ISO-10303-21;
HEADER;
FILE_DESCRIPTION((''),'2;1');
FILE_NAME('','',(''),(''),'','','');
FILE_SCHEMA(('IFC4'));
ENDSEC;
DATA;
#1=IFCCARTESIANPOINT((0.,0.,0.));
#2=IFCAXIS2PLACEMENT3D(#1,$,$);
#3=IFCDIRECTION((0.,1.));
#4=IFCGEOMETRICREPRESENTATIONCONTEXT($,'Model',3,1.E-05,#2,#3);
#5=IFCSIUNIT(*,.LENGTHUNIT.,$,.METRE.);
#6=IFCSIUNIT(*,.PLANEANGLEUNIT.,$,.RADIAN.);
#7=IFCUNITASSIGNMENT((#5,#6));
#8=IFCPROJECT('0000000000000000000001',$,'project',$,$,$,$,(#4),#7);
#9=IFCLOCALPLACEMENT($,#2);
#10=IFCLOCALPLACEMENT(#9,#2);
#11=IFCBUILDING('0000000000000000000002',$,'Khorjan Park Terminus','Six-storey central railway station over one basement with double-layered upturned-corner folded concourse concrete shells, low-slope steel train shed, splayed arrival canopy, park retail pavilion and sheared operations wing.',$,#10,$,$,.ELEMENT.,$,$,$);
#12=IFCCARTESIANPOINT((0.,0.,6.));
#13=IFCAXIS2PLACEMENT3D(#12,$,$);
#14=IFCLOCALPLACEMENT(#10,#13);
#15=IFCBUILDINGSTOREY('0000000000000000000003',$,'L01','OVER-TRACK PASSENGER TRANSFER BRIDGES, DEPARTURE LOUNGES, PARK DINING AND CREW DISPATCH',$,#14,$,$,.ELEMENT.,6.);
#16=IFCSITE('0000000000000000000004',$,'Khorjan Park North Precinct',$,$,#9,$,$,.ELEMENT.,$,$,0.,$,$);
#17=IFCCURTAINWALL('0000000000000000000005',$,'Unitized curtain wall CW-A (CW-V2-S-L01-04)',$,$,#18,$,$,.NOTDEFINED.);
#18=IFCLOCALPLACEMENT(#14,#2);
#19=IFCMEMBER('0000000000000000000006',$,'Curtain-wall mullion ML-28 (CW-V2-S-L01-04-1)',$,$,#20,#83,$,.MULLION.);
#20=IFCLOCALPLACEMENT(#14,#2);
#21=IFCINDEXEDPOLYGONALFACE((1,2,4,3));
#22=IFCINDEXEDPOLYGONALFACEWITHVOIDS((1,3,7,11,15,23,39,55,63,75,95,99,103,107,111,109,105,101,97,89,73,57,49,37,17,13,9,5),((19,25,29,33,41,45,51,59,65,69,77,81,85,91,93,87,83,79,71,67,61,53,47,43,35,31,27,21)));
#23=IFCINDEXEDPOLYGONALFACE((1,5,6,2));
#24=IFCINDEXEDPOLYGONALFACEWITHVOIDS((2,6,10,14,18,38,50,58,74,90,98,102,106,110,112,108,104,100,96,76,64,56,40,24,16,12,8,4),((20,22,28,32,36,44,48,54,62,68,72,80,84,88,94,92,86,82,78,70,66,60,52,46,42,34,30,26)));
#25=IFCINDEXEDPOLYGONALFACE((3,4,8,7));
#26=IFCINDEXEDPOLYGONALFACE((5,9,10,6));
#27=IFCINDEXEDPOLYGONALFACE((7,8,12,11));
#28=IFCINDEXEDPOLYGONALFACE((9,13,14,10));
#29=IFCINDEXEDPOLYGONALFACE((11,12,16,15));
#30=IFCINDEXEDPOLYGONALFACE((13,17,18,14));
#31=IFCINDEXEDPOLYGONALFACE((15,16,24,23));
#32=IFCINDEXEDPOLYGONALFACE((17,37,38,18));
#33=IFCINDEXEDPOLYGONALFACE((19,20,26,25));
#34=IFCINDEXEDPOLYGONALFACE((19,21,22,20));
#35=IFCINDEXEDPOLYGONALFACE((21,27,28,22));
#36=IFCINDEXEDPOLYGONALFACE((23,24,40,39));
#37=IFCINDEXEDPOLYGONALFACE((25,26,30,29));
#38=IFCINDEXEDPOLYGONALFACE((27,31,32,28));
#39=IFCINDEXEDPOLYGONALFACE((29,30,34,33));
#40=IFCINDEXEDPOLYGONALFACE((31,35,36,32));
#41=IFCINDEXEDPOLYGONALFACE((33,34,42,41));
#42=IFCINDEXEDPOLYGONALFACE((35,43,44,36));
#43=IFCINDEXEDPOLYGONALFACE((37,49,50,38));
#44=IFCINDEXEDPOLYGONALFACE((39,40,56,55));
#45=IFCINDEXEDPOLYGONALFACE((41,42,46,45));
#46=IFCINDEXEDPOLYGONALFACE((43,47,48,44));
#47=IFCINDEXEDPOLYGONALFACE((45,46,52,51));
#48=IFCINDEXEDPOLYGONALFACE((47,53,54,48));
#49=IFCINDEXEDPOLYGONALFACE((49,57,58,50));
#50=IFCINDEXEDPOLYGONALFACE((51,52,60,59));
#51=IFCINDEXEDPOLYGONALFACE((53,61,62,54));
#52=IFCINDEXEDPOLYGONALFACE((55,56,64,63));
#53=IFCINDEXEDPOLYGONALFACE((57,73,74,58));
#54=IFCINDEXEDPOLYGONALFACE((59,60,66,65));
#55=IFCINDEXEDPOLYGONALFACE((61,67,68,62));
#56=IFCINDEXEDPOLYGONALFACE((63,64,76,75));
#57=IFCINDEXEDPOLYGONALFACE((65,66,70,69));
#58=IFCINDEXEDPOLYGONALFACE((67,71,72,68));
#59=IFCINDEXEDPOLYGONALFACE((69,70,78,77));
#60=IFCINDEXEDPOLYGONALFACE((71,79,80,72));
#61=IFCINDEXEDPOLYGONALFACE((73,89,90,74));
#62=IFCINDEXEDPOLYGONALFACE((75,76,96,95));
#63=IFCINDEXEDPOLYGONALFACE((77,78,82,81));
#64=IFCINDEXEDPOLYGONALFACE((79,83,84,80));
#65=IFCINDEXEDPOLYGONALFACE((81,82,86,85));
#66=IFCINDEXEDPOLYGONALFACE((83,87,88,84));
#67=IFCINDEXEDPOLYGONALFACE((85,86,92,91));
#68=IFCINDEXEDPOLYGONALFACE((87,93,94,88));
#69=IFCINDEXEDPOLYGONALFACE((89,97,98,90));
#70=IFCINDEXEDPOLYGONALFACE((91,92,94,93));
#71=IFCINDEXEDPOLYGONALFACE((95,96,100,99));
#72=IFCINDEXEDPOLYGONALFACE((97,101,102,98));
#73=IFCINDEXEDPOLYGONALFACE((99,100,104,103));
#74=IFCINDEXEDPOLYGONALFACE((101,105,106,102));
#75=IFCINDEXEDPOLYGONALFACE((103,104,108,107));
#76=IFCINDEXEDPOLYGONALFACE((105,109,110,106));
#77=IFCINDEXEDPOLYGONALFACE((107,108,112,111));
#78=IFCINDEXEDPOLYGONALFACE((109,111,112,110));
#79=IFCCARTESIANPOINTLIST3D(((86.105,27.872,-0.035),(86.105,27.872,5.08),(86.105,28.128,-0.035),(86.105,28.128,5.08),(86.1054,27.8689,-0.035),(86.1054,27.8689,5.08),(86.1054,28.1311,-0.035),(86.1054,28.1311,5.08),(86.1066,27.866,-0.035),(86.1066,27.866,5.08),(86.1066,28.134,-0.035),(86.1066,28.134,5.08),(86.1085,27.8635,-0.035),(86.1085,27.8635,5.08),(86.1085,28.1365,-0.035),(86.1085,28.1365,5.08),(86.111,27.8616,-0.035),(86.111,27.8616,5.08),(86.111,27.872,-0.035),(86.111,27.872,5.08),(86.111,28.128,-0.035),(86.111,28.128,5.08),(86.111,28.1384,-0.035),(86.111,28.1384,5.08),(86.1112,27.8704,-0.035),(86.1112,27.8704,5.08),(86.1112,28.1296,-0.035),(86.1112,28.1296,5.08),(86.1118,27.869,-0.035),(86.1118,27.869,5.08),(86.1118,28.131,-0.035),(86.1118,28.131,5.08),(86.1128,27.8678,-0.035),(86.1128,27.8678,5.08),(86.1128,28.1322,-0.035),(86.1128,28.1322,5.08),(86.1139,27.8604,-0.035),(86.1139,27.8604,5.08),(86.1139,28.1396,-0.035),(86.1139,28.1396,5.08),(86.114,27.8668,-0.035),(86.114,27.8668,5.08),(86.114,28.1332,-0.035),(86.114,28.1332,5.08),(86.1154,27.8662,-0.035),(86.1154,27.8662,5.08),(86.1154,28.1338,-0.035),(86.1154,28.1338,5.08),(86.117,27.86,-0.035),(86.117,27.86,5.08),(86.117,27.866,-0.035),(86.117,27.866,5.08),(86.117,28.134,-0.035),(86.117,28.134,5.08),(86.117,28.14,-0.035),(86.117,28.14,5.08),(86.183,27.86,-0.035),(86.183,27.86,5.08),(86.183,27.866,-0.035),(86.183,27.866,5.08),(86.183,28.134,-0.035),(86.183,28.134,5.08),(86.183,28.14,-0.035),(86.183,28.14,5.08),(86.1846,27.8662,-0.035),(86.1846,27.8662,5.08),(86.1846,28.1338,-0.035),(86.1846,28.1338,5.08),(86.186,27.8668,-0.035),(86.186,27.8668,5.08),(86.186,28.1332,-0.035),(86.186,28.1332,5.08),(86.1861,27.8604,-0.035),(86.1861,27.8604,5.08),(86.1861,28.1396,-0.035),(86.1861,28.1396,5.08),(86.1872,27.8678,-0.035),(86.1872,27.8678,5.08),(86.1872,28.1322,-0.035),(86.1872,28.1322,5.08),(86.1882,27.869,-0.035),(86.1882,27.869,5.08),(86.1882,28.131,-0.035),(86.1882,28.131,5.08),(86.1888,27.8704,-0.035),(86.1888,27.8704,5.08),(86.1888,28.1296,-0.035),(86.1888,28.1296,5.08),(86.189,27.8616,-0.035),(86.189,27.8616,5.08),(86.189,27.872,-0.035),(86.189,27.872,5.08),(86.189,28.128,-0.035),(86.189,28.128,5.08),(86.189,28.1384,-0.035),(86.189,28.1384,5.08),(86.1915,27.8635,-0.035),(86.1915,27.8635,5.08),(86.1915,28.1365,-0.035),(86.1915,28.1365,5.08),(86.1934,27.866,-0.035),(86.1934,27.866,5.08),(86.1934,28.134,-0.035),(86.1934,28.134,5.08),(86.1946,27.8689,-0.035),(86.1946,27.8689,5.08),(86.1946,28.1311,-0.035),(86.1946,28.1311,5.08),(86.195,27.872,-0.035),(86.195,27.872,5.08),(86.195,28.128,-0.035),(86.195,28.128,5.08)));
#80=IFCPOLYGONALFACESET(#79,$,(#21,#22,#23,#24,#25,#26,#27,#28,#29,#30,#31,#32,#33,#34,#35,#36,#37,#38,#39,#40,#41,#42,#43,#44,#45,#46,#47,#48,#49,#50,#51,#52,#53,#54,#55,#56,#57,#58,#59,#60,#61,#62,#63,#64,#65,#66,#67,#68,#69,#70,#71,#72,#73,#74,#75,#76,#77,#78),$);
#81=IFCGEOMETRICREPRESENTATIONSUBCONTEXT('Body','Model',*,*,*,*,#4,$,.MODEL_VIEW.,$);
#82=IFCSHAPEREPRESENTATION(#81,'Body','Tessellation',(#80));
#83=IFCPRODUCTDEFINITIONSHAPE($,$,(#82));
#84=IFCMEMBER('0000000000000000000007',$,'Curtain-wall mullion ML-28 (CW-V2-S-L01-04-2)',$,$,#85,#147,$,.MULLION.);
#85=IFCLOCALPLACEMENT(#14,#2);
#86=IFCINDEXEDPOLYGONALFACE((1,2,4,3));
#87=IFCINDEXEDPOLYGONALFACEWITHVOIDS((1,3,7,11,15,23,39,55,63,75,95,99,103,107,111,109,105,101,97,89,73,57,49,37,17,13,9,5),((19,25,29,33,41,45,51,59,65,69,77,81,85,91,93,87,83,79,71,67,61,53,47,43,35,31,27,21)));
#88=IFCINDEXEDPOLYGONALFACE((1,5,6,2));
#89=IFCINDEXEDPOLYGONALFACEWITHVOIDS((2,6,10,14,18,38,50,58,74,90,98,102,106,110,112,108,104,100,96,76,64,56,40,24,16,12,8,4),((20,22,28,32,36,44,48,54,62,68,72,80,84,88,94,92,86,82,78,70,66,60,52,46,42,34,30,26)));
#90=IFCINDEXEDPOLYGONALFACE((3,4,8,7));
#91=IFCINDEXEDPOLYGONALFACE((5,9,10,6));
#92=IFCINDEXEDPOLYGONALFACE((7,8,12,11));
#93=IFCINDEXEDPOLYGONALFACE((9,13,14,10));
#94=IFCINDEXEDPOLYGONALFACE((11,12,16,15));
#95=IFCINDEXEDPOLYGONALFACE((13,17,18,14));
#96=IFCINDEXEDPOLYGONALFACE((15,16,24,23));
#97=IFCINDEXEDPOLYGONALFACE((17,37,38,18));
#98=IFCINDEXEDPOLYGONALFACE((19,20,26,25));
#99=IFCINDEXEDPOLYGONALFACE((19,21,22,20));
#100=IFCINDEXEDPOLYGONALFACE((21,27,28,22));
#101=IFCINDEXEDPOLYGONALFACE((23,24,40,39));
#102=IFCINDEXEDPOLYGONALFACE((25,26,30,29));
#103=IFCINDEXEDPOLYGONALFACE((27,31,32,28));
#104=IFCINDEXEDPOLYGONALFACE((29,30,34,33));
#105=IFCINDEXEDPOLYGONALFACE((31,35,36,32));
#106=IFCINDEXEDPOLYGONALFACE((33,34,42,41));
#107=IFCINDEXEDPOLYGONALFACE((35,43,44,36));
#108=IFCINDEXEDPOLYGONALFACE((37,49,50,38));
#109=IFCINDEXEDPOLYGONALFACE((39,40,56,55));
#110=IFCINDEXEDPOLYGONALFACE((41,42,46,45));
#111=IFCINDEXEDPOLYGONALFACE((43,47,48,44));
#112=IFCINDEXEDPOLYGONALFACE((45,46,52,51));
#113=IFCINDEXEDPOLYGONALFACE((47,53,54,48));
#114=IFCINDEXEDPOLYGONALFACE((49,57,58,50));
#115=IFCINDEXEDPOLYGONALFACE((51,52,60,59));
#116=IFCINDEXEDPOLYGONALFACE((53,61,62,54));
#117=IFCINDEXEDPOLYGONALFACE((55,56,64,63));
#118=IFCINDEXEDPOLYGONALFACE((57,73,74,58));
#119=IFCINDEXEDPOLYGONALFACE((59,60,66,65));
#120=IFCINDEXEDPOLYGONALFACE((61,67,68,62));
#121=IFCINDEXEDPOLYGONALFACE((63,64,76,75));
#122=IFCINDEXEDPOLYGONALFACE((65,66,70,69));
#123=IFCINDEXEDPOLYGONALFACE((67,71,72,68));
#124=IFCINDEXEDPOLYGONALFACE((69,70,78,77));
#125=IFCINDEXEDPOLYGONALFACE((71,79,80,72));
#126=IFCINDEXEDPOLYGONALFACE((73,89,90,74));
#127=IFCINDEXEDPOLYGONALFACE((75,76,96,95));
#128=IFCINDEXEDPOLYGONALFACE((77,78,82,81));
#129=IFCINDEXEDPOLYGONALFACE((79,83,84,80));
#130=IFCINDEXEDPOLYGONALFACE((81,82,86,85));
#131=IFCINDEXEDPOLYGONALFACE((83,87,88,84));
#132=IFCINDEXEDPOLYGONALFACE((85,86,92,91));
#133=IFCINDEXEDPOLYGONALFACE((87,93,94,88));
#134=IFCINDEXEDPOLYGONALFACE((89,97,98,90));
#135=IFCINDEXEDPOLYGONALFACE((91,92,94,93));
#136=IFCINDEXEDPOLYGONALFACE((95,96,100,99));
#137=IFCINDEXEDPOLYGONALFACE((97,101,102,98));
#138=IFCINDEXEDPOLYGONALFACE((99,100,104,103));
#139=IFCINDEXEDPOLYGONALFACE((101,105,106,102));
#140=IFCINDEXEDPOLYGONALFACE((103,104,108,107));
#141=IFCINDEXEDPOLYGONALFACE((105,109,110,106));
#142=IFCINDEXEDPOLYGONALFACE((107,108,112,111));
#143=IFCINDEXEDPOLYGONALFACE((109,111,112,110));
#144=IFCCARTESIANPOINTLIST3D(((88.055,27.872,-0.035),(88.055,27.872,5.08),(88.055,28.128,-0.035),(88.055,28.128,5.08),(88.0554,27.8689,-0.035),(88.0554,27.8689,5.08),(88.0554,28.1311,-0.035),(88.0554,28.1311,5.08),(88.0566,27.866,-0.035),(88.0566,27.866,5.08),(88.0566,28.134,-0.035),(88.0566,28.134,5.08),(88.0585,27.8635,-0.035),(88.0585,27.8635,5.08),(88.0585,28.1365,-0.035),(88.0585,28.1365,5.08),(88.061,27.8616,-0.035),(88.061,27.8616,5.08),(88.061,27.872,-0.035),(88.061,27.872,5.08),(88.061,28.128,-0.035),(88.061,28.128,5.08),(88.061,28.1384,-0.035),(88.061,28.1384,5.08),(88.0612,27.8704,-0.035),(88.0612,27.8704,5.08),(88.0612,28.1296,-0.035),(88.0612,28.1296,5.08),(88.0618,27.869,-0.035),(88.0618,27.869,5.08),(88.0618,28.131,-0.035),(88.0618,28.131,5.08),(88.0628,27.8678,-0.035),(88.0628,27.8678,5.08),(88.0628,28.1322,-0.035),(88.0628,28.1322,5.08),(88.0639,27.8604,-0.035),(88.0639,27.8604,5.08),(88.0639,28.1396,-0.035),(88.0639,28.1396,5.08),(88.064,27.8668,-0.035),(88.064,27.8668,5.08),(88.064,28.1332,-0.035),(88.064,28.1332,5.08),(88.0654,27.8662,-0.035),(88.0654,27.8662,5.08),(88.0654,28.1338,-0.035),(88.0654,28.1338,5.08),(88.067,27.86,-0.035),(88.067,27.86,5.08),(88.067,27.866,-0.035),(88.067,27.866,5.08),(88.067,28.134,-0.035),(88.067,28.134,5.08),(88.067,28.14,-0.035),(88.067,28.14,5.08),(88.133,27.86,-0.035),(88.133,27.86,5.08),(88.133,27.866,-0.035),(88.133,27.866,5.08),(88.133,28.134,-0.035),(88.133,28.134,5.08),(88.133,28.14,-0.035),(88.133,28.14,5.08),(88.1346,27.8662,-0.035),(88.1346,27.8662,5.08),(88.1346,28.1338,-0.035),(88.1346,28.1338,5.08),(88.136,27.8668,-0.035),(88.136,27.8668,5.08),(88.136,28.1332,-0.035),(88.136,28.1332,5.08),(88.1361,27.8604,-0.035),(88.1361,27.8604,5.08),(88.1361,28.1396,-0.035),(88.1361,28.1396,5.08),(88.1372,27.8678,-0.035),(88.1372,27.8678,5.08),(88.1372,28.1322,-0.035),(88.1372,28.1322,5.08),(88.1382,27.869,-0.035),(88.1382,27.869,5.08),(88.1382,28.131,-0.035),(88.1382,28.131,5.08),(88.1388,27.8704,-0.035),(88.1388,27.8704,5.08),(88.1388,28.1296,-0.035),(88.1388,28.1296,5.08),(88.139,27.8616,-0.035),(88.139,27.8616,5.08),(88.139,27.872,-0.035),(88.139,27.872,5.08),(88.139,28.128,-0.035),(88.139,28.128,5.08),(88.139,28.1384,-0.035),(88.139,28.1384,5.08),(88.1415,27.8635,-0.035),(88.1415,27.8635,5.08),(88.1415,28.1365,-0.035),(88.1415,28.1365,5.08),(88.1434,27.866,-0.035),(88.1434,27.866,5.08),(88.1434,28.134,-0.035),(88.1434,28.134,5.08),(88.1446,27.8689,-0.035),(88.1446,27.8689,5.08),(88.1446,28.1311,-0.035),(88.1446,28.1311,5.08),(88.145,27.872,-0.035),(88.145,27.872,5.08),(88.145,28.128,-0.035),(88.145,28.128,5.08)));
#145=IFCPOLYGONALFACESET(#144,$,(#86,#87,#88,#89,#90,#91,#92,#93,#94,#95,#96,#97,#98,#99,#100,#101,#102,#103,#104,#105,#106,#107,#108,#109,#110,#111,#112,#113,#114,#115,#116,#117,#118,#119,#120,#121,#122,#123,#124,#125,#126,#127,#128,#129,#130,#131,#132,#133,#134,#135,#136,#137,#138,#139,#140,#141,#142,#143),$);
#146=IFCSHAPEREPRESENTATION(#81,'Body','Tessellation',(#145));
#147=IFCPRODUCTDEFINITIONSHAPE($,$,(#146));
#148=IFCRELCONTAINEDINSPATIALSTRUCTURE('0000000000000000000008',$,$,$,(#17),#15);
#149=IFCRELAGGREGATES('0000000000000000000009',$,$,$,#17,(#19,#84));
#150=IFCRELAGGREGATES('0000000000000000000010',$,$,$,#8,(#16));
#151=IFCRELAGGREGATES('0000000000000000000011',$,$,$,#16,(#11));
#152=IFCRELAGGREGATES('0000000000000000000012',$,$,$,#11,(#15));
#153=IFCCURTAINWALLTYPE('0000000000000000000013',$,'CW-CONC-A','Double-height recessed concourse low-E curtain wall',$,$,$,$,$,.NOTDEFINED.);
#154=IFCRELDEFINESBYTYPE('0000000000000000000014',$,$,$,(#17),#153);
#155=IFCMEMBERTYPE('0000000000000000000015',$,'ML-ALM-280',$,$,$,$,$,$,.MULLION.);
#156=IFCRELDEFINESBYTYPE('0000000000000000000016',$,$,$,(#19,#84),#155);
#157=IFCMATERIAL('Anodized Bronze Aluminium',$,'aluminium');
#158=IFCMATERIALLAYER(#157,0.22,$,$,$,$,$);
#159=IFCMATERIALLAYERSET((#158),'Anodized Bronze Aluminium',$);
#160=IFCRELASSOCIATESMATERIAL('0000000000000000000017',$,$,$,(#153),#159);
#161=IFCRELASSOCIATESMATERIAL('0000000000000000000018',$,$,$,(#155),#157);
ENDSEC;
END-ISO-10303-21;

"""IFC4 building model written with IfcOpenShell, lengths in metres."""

from ifc_helpers import new_model, si_unit, direction, frame, origin, origin_2d, place, context, subcontext, project, spatial, hollow_rectangle, extrude, material, layer, layer_set, material_profile, profile_set, type_object, element, aggregate, save


model = new_model("IFC4")

# Units and contexts
model_context = context("Model", 3, precision=1e-05, world=origin(), true_north=direction((0.0, 1.0)))
body_context = subcontext(model_context, "Body", "Model", "MODEL_VIEW")
ifc_project = project(units=[si_unit("LENGTHUNIT", "METRE"), si_unit("PLANEANGLEUNIT", "RADIAN")], contexts=[model_context])

# Site, building, storey
site_placement = place(None, origin())
site = spatial("IfcSite", under=ifc_project, at=site_placement, Name="Khorjan Park North Precinct", CompositionType="ELEMENT", RefElevation=0.0)
building_placement = place(site_placement, origin())
building = spatial("IfcBuilding", under=site, at=building_placement, Name="Khorjan Park Terminus", Description="Six-storey central railway station over one basement with double-layered upturned-corner folded concourse concrete shells, low-slope steel train shed, splayed arrival canopy, park retail pavilion and sheared operations wing.", CompositionType="ELEMENT")
storey_placement = place(building_placement, frame((0.0, 0.0, 6.0)))
storey = spatial("IfcBuildingStorey", under=building, at=storey_placement, Name="L01", Description="OVER-TRACK PASSENGER TRANSFER BRIDGES, DEPARTURE LOUNGES, PARK DINING AND CREW DISPATCH", CompositionType="ELEMENT", Elevation=6.0)

# Shared definitions
ifc_material_1 = material(Name="Anodized Bronze Aluminium", Category="aluminium")
ifc_layer_1 = layer(ifc_material_1, 0.22)
ifc_layer_set_1 = layer_set([ifc_layer_1], Name="Anodized Bronze Aluminium")
curtain_wall_type = type_object("IfcCurtainWallType", Name="CW-CONC-A", Description="Double-height recessed concourse low-E curtain wall", PredefinedType="NOTDEFINED", material=ifc_layer_set_1)
ifc_material_profile_1 = material_profile(ifc_material_1, hollow_rectangle(XDim=0.09, YDim=0.28, WallThickness=0.006, InnerFilletRadius=0.006, OuterFilletRadius=0.012, at=origin_2d()), Name="ALM 90x280x6")
ifc_profile_set_1 = profile_set([ifc_material_profile_1], Name="Anodized Bronze Aluminium")
member_type_1 = type_object("IfcMemberType", Name="ML-ALM-280", PredefinedType="MULLION", material=ifc_profile_set_1)

# Curtain wall, members
curtain_wall_1_placement = place(storey_placement, origin())
curtain_wall_1 = element("IfcCurtainWall", 1, at=curtain_wall_1_placement, inside=storey, type_object=curtain_wall_type, Name="Unitized curtain wall CW-A (CW-V2-S-L01-04)", PredefinedType="NOTDEFINED")
member_1_placement = place(storey_placement, frame((86.15, 28.0, -0.035), z_axis=(0.0, 0.0, 1.0), x_axis=(1.0, 0.0, 0.0)))
member_1 = element("IfcMember", 2, at=member_1_placement, type_object=member_type_1, Name="Curtain-wall mullion ML-28 (CW-V2-S-L01-04-1)", PredefinedType="MULLION", context=body_context, shape_type="SweptSolid", body=[
    extrude(hollow_rectangle(XDim=0.09, YDim=0.28, WallThickness=0.006, InnerFilletRadius=0.006, OuterFilletRadius=0.012, at=origin_2d()), origin(), (0.0, 0.0, 1.0), 5.115),
])
member_2_placement = place(storey_placement, frame((88.1, 28.0, -0.035), z_axis=(0.0, 0.0, 1.0), x_axis=(1.0, 0.0, 0.0)))
member_2 = element("IfcMember", 3, at=member_2_placement, type_object=member_type_1, Name="Curtain-wall mullion ML-28 (CW-V2-S-L01-04-2)", PredefinedType="MULLION", context=body_context, shape_type="SweptSolid", body=[
    extrude(hollow_rectangle(XDim=0.09, YDim=0.28, WallThickness=0.006, InnerFilletRadius=0.006, OuterFilletRadius=0.012, at=origin_2d()), origin(), (0.0, 0.0, 1.0), 5.115),
])

aggregate(curtain_wall_1, [member_1, member_2])

save(model, "model.ifc")
